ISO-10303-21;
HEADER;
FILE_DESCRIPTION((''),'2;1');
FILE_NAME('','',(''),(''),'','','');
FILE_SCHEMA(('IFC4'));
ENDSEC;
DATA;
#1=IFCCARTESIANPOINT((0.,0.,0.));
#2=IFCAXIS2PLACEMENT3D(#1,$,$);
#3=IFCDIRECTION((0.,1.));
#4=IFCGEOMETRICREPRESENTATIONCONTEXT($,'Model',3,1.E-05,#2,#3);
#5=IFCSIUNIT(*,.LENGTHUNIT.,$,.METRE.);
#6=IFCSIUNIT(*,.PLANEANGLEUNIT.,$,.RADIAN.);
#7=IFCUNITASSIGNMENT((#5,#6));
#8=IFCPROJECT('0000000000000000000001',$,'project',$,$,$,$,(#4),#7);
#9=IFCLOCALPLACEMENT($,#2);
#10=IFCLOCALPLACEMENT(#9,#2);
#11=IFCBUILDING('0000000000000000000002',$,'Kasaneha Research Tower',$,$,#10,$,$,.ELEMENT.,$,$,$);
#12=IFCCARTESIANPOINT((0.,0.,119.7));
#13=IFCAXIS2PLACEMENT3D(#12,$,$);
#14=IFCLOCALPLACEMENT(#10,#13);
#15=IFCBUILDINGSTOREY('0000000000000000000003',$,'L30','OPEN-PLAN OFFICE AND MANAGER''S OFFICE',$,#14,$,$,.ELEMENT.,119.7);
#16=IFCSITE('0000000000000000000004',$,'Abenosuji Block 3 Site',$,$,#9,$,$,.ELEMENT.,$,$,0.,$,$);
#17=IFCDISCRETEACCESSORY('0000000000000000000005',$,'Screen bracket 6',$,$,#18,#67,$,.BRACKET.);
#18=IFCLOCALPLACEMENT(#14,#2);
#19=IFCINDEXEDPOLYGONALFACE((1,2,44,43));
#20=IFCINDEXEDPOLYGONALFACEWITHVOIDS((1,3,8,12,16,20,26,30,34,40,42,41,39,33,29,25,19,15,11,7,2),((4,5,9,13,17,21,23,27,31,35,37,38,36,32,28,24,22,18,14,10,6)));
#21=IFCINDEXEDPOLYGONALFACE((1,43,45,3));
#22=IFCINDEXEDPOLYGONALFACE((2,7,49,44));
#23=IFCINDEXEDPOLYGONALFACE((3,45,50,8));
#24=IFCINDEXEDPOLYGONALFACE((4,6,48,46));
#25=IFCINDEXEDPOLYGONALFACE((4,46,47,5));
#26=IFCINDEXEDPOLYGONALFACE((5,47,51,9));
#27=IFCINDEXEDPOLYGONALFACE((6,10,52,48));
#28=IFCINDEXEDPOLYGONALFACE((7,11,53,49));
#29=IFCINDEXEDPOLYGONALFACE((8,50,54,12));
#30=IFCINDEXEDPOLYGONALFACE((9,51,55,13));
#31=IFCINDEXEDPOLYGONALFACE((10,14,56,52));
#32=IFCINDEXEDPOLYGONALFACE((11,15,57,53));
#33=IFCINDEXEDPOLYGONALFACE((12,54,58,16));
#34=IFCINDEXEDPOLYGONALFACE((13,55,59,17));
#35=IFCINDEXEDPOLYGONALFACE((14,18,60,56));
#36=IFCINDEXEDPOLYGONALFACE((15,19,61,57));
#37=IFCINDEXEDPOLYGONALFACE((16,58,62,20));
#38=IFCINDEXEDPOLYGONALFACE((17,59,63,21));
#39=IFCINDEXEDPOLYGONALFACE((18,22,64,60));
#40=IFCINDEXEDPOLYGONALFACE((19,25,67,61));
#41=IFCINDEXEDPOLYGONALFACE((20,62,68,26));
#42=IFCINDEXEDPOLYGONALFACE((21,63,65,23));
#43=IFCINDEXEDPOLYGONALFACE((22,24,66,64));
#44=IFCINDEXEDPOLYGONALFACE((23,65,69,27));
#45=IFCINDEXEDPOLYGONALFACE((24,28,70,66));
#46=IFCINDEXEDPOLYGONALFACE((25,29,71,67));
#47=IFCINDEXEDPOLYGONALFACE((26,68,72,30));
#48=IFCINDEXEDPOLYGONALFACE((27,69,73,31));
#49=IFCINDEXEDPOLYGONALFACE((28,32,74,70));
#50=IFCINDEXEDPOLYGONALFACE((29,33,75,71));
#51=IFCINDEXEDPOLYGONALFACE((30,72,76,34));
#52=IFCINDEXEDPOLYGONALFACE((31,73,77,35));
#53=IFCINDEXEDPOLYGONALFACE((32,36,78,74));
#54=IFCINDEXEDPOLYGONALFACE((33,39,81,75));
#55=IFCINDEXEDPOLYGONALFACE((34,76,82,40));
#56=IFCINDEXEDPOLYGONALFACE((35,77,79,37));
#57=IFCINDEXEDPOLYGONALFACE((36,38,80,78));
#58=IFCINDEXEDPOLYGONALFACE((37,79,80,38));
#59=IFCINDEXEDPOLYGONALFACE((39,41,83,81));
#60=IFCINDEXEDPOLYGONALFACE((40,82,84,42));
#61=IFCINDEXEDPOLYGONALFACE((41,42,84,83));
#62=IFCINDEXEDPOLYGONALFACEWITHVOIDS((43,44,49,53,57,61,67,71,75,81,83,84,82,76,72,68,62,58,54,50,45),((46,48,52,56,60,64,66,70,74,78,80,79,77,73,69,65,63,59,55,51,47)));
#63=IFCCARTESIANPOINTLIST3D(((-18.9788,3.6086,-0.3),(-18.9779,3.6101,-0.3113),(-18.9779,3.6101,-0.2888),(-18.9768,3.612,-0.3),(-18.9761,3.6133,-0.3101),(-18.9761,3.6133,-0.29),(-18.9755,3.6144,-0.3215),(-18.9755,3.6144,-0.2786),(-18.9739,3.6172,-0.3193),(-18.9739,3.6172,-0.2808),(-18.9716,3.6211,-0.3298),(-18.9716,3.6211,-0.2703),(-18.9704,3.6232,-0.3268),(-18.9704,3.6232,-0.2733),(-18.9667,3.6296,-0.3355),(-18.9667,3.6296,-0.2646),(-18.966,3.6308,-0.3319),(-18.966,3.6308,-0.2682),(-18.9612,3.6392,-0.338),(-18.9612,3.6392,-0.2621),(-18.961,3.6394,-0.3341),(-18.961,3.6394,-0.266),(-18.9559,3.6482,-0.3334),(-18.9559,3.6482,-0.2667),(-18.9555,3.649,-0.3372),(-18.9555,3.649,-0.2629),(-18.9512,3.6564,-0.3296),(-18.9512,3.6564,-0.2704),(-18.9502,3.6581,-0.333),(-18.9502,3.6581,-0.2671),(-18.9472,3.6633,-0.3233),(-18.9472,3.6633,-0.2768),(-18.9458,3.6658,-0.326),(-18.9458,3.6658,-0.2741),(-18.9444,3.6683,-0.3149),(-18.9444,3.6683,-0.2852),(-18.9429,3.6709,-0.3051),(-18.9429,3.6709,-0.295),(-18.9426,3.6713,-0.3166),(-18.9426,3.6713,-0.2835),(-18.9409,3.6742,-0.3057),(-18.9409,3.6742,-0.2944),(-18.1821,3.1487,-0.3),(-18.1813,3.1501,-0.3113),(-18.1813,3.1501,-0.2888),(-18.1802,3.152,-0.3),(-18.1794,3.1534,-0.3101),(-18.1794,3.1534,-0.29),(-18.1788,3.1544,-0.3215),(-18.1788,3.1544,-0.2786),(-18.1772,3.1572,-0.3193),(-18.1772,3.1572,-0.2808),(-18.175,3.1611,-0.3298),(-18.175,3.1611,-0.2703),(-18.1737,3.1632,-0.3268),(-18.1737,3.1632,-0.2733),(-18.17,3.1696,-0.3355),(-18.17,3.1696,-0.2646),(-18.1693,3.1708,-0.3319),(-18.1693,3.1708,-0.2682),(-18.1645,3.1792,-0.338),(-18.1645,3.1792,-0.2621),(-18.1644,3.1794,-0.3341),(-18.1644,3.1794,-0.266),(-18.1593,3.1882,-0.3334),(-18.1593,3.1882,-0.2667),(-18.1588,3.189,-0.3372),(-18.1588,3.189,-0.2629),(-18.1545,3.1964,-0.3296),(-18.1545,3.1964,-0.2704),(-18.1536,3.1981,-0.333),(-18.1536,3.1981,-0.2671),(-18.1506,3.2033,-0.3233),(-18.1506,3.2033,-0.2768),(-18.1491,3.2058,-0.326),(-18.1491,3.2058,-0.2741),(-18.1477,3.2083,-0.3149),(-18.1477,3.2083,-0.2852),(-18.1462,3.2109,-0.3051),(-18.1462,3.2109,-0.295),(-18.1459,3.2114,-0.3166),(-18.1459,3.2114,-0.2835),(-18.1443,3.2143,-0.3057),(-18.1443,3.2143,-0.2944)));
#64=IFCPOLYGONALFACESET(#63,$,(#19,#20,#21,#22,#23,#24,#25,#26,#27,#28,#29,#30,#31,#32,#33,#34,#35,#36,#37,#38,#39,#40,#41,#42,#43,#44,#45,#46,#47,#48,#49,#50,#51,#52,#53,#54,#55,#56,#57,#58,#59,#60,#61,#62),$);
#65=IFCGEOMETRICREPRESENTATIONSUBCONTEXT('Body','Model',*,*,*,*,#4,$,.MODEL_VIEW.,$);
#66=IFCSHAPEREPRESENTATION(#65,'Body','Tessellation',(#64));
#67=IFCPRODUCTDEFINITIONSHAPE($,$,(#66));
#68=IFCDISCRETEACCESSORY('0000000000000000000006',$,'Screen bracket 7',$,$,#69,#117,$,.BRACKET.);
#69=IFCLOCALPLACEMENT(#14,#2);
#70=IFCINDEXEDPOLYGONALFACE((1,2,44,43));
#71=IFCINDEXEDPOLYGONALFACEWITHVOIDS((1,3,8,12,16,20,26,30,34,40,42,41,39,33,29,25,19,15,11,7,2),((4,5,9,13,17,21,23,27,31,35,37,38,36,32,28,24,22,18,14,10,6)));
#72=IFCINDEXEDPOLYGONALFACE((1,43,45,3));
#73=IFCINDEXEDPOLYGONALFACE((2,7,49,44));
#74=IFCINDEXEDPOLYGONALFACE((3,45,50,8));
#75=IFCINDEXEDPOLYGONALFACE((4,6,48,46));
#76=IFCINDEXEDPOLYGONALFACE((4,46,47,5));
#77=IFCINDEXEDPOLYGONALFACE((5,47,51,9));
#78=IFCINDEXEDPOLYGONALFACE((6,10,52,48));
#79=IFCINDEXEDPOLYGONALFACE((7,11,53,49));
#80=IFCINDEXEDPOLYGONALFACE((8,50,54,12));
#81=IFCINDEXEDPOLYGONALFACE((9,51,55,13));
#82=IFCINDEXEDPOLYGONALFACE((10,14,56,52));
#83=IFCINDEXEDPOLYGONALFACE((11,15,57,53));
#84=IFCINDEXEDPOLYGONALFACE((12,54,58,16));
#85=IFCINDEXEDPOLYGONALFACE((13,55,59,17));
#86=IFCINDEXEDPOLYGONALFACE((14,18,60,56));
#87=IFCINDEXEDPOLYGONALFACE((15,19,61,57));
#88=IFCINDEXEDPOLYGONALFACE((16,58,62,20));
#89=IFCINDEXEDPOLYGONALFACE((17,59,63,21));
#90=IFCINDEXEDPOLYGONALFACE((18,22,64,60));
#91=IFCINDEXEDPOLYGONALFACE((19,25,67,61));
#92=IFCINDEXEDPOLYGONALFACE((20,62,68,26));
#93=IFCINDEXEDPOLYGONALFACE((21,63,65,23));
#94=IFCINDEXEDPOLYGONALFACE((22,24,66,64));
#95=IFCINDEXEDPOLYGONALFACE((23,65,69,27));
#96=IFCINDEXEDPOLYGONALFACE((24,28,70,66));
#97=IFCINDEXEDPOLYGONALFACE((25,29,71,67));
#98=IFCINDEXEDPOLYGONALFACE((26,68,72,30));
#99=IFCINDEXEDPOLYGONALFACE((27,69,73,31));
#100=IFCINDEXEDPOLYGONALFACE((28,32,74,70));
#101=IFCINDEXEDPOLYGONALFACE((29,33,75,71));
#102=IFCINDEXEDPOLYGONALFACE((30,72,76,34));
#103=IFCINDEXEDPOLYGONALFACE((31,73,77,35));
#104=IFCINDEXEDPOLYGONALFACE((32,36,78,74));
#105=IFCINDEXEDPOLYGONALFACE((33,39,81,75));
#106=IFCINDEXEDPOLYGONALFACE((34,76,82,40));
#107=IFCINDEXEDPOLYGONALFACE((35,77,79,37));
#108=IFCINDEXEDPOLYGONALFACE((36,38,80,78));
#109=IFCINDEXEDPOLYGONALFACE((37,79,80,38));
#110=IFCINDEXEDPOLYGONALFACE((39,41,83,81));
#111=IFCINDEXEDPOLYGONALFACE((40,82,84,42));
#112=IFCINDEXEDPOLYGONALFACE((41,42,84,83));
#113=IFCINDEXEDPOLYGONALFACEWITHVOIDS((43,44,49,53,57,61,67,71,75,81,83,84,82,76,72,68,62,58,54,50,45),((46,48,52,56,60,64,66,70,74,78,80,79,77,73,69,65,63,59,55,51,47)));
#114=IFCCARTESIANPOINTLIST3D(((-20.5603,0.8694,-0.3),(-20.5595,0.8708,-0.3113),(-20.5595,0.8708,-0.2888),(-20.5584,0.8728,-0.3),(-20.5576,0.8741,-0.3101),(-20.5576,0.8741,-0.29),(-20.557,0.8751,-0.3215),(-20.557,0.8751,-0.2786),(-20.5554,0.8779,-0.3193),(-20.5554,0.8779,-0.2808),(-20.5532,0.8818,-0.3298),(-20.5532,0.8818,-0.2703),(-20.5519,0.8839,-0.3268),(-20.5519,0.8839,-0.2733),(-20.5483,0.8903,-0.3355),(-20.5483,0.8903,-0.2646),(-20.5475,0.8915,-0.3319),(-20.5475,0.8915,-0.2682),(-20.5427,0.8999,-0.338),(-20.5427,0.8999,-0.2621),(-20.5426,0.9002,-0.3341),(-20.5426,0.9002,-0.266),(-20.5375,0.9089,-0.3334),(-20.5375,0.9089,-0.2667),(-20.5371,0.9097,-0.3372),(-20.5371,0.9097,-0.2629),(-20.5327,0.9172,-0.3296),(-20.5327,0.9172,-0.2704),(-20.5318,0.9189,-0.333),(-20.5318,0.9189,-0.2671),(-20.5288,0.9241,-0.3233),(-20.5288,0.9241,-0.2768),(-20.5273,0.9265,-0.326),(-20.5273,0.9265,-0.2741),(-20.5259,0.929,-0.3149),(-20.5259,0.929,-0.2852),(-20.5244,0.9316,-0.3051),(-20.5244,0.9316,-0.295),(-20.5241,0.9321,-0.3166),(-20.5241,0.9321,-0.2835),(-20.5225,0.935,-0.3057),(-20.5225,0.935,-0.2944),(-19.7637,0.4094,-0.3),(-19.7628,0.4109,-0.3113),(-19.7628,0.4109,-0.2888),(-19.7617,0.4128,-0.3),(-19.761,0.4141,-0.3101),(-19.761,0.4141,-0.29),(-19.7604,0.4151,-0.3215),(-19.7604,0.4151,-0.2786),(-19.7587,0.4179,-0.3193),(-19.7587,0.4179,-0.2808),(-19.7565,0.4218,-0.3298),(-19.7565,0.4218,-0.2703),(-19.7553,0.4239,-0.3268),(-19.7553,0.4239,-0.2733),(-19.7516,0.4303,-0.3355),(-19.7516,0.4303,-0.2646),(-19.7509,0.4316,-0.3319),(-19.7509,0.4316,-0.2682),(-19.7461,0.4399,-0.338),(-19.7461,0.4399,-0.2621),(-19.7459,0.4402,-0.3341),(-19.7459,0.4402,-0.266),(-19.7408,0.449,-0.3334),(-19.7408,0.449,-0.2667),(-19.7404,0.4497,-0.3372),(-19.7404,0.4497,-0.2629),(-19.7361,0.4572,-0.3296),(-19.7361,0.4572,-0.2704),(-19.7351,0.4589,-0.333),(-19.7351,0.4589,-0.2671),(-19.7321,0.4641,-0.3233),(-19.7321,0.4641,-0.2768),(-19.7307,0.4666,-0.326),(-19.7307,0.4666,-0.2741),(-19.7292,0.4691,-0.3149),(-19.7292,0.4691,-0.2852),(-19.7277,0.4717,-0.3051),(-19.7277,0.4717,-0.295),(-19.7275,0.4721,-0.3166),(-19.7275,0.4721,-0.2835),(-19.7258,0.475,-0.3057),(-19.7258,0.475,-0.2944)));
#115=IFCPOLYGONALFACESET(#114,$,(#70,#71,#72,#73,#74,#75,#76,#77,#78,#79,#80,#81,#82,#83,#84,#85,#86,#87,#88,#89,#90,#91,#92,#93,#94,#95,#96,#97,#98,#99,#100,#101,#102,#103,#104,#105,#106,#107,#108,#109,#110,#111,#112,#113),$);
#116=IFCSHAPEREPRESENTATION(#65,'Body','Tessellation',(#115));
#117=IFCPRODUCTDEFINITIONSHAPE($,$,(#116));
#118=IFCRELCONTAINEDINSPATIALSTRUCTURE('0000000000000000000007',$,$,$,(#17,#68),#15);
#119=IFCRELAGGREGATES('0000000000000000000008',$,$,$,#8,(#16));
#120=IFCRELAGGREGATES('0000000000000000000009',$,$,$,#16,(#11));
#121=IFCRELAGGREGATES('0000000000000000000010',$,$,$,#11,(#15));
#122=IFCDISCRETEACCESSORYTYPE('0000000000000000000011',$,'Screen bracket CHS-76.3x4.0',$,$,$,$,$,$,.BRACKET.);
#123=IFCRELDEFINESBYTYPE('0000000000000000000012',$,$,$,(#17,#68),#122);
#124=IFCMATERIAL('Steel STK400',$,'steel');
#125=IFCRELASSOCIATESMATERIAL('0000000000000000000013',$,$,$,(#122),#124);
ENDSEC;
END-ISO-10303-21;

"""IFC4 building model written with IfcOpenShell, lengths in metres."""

from ifc_helpers import new_model, si_unit, direction, frame, origin, origin_2d, place, context, subcontext, project, spatial, hollow_circle, extrude, material, material_profile, profile_set, type_object, element, save


model = new_model("IFC4")

# Units and contexts
model_context = context("Model", 3, precision=1e-05, world=origin(), true_north=direction((0.0, 1.0)))
body_context = subcontext(model_context, "Body", "Model", "MODEL_VIEW")
ifc_project = project(units=[si_unit("LENGTHUNIT", "METRE"), si_unit("PLANEANGLEUNIT", "RADIAN")], contexts=[model_context])

# Site, building, storey
site_placement = place(None, origin())
site = spatial("IfcSite", under=ifc_project, at=site_placement, Name="Abenosuji Block 3 Site", CompositionType="ELEMENT", RefElevation=0.0)
building_placement = place(site_placement, origin())
building = spatial("IfcBuilding", under=site, at=building_placement, Name="Kasaneha Research Tower", CompositionType="ELEMENT")
storey_placement = place(building_placement, frame((0.0, 0.0, 119.7)))
storey = spatial("IfcBuildingStorey", under=building, at=storey_placement, Name="L30", Description="OPEN-PLAN OFFICE AND MANAGER'S OFFICE", CompositionType="ELEMENT", Elevation=119.7)

# Discrete accessories
ifc_material_1 = material(Name="Steel STK400", Category="steel")
ifc_material_profile_1 = material_profile(ifc_material_1, hollow_circle(Radius=0.0381, WallThickness=0.0039, at=origin_2d()), Name="CHS-76.3x4.0")
ifc_profile_set_1 = profile_set([ifc_material_profile_1], Name="Steel STK400")
discrete_accessory_type = type_object("IfcDiscreteAccessoryType", Name="Screen bracket CHS-76.3x4.0", PredefinedType="BRACKET", material=ifc_profile_set_1)
for number, where, z_axis, x_axis, name in (
    (1, (-18.1631, 3.1816, -0.3), (-0.866013, 0.500021, 0.0), (-0.500021, -0.866013, 0.0), "Screen bracket 6"),
    (2, (-19.7446, 0.4424, -0.3), (-0.866013, 0.500021, 0.0), (-0.500021, -0.866013, 0.0), "Screen bracket 7"),
):
    element("IfcDiscreteAccessory", number, at=place(storey_placement, frame(where, z_axis=z_axis, x_axis=x_axis)), inside=storey, type_object=discrete_accessory_type, Name=name, PredefinedType="BRACKET", context=body_context, shape_type="SweptSolid", body=[
        extrude(hollow_circle(Radius=0.0381, WallThickness=0.0039, at=origin_2d()), origin(), (0.0, 0.0, 1.0), 0.9199),
    ])

save(model, "model.ifc")
